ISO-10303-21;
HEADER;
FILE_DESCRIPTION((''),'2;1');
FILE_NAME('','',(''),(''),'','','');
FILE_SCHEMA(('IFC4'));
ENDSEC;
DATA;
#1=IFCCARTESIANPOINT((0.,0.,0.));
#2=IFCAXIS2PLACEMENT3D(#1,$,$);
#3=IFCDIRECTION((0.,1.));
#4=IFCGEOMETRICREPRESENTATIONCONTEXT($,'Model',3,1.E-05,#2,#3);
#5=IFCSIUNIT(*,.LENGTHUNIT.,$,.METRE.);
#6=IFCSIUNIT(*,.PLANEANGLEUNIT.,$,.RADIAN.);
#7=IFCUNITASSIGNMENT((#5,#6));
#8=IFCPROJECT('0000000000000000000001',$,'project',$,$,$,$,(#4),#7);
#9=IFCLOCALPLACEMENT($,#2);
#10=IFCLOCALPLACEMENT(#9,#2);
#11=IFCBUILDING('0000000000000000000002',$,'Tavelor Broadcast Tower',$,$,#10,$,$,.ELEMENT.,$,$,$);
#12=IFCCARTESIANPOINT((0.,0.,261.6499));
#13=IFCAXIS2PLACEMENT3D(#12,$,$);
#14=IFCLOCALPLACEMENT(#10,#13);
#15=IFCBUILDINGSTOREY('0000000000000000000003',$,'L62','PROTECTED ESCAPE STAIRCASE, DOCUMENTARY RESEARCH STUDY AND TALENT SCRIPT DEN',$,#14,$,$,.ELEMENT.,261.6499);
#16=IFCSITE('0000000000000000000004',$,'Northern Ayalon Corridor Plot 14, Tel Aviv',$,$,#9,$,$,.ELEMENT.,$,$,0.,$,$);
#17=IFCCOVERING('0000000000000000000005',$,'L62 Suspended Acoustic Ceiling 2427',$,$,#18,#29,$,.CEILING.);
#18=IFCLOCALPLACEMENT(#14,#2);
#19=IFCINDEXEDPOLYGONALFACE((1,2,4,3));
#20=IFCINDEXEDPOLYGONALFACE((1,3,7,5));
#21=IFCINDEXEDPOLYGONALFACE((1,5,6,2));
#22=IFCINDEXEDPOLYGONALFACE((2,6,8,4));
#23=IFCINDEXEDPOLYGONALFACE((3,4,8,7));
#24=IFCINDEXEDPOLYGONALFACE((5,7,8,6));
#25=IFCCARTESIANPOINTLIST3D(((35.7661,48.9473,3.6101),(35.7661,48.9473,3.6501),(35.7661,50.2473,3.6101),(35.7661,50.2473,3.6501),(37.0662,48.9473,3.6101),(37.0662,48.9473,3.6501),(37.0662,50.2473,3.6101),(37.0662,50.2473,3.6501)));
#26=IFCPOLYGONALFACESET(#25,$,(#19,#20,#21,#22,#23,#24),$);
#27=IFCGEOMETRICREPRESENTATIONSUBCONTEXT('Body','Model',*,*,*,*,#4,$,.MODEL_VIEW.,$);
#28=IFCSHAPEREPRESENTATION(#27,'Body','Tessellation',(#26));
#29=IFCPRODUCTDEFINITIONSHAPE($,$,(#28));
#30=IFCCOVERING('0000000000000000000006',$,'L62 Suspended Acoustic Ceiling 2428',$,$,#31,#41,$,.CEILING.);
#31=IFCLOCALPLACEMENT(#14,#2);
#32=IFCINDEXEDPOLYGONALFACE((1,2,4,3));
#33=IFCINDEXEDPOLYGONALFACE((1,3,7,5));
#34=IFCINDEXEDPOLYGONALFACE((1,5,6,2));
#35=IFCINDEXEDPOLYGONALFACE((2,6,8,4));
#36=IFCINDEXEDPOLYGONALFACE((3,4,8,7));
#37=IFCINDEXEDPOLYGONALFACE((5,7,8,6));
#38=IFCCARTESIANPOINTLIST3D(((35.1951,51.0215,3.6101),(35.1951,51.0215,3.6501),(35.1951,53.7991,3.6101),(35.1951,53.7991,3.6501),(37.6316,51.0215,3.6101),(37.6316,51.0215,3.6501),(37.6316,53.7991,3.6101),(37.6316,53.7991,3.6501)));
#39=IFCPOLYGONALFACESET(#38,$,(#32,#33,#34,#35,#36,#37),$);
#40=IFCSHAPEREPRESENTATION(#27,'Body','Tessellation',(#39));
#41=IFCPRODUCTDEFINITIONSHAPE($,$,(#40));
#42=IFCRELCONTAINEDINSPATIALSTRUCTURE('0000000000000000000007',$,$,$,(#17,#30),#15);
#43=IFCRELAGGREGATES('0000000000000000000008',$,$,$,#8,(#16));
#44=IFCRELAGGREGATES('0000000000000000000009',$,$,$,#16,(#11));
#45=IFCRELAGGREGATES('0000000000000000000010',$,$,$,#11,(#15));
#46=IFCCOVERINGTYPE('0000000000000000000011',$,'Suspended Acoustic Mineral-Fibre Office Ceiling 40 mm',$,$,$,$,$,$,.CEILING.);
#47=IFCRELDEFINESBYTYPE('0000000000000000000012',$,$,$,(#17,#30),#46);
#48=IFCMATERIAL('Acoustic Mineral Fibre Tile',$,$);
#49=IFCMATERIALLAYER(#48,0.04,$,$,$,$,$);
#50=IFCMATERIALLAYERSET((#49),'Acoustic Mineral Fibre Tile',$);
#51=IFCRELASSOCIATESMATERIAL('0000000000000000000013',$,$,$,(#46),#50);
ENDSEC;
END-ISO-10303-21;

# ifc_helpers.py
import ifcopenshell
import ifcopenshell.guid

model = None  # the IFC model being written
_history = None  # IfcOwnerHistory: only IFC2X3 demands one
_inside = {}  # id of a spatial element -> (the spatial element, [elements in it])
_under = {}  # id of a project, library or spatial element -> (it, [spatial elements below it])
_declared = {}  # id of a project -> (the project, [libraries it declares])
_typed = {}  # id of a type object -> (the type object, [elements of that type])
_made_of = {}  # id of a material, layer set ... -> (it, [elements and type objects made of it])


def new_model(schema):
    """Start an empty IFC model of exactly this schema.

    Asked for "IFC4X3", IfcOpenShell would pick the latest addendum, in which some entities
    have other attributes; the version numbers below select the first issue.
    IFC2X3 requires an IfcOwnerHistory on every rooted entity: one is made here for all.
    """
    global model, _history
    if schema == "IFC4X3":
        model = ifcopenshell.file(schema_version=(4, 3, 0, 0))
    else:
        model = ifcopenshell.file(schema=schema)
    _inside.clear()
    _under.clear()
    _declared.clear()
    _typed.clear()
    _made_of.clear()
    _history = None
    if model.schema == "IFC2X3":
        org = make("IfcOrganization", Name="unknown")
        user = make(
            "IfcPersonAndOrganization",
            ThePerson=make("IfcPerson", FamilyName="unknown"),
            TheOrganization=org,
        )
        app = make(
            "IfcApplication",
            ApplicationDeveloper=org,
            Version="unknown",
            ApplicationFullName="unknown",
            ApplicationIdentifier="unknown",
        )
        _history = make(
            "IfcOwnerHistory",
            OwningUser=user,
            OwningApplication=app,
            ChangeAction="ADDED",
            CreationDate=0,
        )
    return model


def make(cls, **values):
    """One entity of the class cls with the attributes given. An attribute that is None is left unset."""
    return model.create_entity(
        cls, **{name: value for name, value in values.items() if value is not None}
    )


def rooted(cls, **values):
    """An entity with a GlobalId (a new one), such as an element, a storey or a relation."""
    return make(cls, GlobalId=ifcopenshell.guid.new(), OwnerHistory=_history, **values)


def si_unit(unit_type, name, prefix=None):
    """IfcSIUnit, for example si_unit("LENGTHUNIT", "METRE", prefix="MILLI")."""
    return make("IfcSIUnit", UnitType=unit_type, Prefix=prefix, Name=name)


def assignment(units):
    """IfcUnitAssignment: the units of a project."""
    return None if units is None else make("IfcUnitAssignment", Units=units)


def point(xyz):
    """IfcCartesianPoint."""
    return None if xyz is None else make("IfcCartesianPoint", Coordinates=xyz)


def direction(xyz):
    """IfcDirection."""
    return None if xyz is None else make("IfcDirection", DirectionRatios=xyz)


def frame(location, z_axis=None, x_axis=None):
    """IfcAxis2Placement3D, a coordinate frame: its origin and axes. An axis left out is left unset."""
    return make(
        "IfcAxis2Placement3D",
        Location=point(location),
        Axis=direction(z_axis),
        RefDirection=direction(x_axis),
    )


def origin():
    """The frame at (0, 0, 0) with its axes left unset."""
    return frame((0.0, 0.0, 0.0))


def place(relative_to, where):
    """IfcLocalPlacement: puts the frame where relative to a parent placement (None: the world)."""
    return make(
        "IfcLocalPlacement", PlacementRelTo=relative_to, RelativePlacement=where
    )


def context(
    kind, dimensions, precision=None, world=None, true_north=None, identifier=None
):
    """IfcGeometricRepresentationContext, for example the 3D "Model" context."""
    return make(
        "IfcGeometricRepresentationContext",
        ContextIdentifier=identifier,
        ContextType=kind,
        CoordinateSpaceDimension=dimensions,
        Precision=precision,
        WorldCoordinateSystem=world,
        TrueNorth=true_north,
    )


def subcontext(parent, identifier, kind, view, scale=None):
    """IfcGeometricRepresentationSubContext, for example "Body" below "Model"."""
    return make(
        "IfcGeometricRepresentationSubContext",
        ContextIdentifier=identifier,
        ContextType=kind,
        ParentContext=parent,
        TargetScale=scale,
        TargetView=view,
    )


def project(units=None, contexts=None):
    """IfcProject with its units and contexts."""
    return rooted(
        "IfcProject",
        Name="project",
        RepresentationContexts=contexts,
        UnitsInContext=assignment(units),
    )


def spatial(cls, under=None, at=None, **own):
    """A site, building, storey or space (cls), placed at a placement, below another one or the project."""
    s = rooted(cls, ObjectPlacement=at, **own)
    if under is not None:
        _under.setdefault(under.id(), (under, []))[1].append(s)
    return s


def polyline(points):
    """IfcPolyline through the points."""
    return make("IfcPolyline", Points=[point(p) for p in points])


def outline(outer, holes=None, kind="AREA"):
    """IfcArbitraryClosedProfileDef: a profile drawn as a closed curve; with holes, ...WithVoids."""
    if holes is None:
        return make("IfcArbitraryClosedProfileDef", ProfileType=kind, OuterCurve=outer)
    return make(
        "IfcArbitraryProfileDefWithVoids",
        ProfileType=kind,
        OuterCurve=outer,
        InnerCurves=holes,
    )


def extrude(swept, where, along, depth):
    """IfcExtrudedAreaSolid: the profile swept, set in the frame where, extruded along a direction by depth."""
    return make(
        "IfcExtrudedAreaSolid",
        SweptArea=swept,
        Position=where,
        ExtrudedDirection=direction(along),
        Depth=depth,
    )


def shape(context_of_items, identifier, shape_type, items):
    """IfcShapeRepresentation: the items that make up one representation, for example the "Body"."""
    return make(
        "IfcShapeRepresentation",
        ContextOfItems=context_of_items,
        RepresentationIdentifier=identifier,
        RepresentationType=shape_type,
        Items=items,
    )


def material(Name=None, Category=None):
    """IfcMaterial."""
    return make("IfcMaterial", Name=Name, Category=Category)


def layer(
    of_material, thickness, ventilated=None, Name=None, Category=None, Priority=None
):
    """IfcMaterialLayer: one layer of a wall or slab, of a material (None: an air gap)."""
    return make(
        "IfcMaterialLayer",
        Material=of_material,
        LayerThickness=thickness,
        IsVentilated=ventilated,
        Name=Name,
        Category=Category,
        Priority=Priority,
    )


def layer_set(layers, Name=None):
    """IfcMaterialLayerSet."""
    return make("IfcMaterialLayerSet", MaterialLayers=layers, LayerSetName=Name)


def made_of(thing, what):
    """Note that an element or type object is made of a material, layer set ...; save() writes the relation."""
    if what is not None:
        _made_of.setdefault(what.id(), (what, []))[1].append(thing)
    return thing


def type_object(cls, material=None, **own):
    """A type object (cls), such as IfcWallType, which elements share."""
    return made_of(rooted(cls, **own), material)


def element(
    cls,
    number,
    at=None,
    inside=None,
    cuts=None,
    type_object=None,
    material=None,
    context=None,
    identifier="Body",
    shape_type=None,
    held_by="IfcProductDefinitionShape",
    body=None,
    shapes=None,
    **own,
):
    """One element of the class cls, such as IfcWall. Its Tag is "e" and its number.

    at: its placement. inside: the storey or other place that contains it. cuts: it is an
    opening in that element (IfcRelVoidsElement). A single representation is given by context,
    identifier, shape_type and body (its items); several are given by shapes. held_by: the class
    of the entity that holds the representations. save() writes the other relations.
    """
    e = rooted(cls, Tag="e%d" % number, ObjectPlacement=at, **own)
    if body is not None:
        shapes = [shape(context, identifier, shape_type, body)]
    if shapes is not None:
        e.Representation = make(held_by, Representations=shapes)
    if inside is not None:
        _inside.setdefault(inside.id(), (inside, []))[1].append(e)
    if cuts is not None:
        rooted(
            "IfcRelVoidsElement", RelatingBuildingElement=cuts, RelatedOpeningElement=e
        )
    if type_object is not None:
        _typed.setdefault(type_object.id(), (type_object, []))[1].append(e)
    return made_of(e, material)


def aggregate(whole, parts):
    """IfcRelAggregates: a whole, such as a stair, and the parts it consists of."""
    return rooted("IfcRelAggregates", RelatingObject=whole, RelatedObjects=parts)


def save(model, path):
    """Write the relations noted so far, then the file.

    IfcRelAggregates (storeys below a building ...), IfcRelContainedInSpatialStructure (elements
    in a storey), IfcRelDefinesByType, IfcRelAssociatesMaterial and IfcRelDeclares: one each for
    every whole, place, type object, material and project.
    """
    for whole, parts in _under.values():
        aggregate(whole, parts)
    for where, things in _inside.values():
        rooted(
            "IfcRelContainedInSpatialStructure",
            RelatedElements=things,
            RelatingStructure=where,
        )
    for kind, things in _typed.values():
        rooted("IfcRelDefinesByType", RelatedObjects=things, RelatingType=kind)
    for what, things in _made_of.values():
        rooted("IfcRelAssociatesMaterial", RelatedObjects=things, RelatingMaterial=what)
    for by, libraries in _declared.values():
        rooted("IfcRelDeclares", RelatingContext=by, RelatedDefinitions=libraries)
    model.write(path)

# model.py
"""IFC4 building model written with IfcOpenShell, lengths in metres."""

from ifc_helpers import new_model, si_unit, direction, frame, origin, place, context, subcontext, project, spatial, polyline, outline, extrude, material, layer, layer_set, type_object, element, save


model = new_model("IFC4")

# Units and contexts
model_context = context("Model", 3, precision=1e-05, world=origin(), true_north=direction((0.0, 1.0)))
body_context = subcontext(model_context, "Body", "Model", "MODEL_VIEW")
ifc_project = project(units=[si_unit("LENGTHUNIT", "METRE"), si_unit("PLANEANGLEUNIT", "RADIAN")], contexts=[model_context])

# Site, building, storey
site_placement = place(None, origin())
site = spatial("IfcSite", under=ifc_project, at=site_placement, Name="Northern Ayalon Corridor Plot 14, Tel Aviv", CompositionType="ELEMENT", RefElevation=0.0)
building_placement = place(site_placement, origin())
building = spatial("IfcBuilding", under=site, at=building_placement, Name="Tavelor Broadcast Tower", CompositionType="ELEMENT")
storey_placement = place(building_placement, frame((0.0, 0.0, 261.6499)))
storey = spatial("IfcBuildingStorey", under=building, at=storey_placement, Name="L62", Description="PROTECTED ESCAPE STAIRCASE, DOCUMENTARY RESEARCH STUDY AND TALENT SCRIPT DEN", CompositionType="ELEMENT", Elevation=261.6499)

# Coverings
ifc_material_1 = material(Name="Acoustic Mineral Fibre Tile")
ifc_layer_1 = layer(ifc_material_1, 0.04)
ifc_layer_set_1 = layer_set([ifc_layer_1], Name="Acoustic Mineral Fibre Tile")
covering_type_1 = type_object("IfcCoveringType", Name="Suspended Acoustic Mineral-Fibre Office Ceiling 40 mm", PredefinedType="CEILING", material=ifc_layer_set_1)
covering_1_placement = place(storey_placement, frame((0.0, 0.0, 3.6101)))
element("IfcCovering", 1, at=covering_1_placement, inside=storey, type_object=covering_type_1, Name="L62 Suspended Acoustic Ceiling 2427", PredefinedType="CEILING", context=body_context, shape_type="SweptSolid", body=[
    extrude(outline(polyline([(35.7661, 48.9473), (37.0662, 48.9473), (37.0662, 50.2473), (35.7661, 50.2473), (35.7661, 48.9473)])), origin(), (0.0, 0.0, 1.0), 0.04),
])
covering_2_placement = place(storey_placement, frame((0.0, 0.0, 3.6101)))
element("IfcCovering", 2, at=covering_2_placement, inside=storey, type_object=covering_type_1, Name="L62 Suspended Acoustic Ceiling 2428", PredefinedType="CEILING", context=body_context, shape_type="SweptSolid", body=[
    extrude(outline(polyline([(35.1951, 51.0215), (37.6316, 51.0215), (37.6316, 53.7991), (35.1951, 53.7991), (35.1951, 51.0215)])), origin(), (0.0, 0.0, 1.0), 0.04),
])

save(model, "model.ifc")
